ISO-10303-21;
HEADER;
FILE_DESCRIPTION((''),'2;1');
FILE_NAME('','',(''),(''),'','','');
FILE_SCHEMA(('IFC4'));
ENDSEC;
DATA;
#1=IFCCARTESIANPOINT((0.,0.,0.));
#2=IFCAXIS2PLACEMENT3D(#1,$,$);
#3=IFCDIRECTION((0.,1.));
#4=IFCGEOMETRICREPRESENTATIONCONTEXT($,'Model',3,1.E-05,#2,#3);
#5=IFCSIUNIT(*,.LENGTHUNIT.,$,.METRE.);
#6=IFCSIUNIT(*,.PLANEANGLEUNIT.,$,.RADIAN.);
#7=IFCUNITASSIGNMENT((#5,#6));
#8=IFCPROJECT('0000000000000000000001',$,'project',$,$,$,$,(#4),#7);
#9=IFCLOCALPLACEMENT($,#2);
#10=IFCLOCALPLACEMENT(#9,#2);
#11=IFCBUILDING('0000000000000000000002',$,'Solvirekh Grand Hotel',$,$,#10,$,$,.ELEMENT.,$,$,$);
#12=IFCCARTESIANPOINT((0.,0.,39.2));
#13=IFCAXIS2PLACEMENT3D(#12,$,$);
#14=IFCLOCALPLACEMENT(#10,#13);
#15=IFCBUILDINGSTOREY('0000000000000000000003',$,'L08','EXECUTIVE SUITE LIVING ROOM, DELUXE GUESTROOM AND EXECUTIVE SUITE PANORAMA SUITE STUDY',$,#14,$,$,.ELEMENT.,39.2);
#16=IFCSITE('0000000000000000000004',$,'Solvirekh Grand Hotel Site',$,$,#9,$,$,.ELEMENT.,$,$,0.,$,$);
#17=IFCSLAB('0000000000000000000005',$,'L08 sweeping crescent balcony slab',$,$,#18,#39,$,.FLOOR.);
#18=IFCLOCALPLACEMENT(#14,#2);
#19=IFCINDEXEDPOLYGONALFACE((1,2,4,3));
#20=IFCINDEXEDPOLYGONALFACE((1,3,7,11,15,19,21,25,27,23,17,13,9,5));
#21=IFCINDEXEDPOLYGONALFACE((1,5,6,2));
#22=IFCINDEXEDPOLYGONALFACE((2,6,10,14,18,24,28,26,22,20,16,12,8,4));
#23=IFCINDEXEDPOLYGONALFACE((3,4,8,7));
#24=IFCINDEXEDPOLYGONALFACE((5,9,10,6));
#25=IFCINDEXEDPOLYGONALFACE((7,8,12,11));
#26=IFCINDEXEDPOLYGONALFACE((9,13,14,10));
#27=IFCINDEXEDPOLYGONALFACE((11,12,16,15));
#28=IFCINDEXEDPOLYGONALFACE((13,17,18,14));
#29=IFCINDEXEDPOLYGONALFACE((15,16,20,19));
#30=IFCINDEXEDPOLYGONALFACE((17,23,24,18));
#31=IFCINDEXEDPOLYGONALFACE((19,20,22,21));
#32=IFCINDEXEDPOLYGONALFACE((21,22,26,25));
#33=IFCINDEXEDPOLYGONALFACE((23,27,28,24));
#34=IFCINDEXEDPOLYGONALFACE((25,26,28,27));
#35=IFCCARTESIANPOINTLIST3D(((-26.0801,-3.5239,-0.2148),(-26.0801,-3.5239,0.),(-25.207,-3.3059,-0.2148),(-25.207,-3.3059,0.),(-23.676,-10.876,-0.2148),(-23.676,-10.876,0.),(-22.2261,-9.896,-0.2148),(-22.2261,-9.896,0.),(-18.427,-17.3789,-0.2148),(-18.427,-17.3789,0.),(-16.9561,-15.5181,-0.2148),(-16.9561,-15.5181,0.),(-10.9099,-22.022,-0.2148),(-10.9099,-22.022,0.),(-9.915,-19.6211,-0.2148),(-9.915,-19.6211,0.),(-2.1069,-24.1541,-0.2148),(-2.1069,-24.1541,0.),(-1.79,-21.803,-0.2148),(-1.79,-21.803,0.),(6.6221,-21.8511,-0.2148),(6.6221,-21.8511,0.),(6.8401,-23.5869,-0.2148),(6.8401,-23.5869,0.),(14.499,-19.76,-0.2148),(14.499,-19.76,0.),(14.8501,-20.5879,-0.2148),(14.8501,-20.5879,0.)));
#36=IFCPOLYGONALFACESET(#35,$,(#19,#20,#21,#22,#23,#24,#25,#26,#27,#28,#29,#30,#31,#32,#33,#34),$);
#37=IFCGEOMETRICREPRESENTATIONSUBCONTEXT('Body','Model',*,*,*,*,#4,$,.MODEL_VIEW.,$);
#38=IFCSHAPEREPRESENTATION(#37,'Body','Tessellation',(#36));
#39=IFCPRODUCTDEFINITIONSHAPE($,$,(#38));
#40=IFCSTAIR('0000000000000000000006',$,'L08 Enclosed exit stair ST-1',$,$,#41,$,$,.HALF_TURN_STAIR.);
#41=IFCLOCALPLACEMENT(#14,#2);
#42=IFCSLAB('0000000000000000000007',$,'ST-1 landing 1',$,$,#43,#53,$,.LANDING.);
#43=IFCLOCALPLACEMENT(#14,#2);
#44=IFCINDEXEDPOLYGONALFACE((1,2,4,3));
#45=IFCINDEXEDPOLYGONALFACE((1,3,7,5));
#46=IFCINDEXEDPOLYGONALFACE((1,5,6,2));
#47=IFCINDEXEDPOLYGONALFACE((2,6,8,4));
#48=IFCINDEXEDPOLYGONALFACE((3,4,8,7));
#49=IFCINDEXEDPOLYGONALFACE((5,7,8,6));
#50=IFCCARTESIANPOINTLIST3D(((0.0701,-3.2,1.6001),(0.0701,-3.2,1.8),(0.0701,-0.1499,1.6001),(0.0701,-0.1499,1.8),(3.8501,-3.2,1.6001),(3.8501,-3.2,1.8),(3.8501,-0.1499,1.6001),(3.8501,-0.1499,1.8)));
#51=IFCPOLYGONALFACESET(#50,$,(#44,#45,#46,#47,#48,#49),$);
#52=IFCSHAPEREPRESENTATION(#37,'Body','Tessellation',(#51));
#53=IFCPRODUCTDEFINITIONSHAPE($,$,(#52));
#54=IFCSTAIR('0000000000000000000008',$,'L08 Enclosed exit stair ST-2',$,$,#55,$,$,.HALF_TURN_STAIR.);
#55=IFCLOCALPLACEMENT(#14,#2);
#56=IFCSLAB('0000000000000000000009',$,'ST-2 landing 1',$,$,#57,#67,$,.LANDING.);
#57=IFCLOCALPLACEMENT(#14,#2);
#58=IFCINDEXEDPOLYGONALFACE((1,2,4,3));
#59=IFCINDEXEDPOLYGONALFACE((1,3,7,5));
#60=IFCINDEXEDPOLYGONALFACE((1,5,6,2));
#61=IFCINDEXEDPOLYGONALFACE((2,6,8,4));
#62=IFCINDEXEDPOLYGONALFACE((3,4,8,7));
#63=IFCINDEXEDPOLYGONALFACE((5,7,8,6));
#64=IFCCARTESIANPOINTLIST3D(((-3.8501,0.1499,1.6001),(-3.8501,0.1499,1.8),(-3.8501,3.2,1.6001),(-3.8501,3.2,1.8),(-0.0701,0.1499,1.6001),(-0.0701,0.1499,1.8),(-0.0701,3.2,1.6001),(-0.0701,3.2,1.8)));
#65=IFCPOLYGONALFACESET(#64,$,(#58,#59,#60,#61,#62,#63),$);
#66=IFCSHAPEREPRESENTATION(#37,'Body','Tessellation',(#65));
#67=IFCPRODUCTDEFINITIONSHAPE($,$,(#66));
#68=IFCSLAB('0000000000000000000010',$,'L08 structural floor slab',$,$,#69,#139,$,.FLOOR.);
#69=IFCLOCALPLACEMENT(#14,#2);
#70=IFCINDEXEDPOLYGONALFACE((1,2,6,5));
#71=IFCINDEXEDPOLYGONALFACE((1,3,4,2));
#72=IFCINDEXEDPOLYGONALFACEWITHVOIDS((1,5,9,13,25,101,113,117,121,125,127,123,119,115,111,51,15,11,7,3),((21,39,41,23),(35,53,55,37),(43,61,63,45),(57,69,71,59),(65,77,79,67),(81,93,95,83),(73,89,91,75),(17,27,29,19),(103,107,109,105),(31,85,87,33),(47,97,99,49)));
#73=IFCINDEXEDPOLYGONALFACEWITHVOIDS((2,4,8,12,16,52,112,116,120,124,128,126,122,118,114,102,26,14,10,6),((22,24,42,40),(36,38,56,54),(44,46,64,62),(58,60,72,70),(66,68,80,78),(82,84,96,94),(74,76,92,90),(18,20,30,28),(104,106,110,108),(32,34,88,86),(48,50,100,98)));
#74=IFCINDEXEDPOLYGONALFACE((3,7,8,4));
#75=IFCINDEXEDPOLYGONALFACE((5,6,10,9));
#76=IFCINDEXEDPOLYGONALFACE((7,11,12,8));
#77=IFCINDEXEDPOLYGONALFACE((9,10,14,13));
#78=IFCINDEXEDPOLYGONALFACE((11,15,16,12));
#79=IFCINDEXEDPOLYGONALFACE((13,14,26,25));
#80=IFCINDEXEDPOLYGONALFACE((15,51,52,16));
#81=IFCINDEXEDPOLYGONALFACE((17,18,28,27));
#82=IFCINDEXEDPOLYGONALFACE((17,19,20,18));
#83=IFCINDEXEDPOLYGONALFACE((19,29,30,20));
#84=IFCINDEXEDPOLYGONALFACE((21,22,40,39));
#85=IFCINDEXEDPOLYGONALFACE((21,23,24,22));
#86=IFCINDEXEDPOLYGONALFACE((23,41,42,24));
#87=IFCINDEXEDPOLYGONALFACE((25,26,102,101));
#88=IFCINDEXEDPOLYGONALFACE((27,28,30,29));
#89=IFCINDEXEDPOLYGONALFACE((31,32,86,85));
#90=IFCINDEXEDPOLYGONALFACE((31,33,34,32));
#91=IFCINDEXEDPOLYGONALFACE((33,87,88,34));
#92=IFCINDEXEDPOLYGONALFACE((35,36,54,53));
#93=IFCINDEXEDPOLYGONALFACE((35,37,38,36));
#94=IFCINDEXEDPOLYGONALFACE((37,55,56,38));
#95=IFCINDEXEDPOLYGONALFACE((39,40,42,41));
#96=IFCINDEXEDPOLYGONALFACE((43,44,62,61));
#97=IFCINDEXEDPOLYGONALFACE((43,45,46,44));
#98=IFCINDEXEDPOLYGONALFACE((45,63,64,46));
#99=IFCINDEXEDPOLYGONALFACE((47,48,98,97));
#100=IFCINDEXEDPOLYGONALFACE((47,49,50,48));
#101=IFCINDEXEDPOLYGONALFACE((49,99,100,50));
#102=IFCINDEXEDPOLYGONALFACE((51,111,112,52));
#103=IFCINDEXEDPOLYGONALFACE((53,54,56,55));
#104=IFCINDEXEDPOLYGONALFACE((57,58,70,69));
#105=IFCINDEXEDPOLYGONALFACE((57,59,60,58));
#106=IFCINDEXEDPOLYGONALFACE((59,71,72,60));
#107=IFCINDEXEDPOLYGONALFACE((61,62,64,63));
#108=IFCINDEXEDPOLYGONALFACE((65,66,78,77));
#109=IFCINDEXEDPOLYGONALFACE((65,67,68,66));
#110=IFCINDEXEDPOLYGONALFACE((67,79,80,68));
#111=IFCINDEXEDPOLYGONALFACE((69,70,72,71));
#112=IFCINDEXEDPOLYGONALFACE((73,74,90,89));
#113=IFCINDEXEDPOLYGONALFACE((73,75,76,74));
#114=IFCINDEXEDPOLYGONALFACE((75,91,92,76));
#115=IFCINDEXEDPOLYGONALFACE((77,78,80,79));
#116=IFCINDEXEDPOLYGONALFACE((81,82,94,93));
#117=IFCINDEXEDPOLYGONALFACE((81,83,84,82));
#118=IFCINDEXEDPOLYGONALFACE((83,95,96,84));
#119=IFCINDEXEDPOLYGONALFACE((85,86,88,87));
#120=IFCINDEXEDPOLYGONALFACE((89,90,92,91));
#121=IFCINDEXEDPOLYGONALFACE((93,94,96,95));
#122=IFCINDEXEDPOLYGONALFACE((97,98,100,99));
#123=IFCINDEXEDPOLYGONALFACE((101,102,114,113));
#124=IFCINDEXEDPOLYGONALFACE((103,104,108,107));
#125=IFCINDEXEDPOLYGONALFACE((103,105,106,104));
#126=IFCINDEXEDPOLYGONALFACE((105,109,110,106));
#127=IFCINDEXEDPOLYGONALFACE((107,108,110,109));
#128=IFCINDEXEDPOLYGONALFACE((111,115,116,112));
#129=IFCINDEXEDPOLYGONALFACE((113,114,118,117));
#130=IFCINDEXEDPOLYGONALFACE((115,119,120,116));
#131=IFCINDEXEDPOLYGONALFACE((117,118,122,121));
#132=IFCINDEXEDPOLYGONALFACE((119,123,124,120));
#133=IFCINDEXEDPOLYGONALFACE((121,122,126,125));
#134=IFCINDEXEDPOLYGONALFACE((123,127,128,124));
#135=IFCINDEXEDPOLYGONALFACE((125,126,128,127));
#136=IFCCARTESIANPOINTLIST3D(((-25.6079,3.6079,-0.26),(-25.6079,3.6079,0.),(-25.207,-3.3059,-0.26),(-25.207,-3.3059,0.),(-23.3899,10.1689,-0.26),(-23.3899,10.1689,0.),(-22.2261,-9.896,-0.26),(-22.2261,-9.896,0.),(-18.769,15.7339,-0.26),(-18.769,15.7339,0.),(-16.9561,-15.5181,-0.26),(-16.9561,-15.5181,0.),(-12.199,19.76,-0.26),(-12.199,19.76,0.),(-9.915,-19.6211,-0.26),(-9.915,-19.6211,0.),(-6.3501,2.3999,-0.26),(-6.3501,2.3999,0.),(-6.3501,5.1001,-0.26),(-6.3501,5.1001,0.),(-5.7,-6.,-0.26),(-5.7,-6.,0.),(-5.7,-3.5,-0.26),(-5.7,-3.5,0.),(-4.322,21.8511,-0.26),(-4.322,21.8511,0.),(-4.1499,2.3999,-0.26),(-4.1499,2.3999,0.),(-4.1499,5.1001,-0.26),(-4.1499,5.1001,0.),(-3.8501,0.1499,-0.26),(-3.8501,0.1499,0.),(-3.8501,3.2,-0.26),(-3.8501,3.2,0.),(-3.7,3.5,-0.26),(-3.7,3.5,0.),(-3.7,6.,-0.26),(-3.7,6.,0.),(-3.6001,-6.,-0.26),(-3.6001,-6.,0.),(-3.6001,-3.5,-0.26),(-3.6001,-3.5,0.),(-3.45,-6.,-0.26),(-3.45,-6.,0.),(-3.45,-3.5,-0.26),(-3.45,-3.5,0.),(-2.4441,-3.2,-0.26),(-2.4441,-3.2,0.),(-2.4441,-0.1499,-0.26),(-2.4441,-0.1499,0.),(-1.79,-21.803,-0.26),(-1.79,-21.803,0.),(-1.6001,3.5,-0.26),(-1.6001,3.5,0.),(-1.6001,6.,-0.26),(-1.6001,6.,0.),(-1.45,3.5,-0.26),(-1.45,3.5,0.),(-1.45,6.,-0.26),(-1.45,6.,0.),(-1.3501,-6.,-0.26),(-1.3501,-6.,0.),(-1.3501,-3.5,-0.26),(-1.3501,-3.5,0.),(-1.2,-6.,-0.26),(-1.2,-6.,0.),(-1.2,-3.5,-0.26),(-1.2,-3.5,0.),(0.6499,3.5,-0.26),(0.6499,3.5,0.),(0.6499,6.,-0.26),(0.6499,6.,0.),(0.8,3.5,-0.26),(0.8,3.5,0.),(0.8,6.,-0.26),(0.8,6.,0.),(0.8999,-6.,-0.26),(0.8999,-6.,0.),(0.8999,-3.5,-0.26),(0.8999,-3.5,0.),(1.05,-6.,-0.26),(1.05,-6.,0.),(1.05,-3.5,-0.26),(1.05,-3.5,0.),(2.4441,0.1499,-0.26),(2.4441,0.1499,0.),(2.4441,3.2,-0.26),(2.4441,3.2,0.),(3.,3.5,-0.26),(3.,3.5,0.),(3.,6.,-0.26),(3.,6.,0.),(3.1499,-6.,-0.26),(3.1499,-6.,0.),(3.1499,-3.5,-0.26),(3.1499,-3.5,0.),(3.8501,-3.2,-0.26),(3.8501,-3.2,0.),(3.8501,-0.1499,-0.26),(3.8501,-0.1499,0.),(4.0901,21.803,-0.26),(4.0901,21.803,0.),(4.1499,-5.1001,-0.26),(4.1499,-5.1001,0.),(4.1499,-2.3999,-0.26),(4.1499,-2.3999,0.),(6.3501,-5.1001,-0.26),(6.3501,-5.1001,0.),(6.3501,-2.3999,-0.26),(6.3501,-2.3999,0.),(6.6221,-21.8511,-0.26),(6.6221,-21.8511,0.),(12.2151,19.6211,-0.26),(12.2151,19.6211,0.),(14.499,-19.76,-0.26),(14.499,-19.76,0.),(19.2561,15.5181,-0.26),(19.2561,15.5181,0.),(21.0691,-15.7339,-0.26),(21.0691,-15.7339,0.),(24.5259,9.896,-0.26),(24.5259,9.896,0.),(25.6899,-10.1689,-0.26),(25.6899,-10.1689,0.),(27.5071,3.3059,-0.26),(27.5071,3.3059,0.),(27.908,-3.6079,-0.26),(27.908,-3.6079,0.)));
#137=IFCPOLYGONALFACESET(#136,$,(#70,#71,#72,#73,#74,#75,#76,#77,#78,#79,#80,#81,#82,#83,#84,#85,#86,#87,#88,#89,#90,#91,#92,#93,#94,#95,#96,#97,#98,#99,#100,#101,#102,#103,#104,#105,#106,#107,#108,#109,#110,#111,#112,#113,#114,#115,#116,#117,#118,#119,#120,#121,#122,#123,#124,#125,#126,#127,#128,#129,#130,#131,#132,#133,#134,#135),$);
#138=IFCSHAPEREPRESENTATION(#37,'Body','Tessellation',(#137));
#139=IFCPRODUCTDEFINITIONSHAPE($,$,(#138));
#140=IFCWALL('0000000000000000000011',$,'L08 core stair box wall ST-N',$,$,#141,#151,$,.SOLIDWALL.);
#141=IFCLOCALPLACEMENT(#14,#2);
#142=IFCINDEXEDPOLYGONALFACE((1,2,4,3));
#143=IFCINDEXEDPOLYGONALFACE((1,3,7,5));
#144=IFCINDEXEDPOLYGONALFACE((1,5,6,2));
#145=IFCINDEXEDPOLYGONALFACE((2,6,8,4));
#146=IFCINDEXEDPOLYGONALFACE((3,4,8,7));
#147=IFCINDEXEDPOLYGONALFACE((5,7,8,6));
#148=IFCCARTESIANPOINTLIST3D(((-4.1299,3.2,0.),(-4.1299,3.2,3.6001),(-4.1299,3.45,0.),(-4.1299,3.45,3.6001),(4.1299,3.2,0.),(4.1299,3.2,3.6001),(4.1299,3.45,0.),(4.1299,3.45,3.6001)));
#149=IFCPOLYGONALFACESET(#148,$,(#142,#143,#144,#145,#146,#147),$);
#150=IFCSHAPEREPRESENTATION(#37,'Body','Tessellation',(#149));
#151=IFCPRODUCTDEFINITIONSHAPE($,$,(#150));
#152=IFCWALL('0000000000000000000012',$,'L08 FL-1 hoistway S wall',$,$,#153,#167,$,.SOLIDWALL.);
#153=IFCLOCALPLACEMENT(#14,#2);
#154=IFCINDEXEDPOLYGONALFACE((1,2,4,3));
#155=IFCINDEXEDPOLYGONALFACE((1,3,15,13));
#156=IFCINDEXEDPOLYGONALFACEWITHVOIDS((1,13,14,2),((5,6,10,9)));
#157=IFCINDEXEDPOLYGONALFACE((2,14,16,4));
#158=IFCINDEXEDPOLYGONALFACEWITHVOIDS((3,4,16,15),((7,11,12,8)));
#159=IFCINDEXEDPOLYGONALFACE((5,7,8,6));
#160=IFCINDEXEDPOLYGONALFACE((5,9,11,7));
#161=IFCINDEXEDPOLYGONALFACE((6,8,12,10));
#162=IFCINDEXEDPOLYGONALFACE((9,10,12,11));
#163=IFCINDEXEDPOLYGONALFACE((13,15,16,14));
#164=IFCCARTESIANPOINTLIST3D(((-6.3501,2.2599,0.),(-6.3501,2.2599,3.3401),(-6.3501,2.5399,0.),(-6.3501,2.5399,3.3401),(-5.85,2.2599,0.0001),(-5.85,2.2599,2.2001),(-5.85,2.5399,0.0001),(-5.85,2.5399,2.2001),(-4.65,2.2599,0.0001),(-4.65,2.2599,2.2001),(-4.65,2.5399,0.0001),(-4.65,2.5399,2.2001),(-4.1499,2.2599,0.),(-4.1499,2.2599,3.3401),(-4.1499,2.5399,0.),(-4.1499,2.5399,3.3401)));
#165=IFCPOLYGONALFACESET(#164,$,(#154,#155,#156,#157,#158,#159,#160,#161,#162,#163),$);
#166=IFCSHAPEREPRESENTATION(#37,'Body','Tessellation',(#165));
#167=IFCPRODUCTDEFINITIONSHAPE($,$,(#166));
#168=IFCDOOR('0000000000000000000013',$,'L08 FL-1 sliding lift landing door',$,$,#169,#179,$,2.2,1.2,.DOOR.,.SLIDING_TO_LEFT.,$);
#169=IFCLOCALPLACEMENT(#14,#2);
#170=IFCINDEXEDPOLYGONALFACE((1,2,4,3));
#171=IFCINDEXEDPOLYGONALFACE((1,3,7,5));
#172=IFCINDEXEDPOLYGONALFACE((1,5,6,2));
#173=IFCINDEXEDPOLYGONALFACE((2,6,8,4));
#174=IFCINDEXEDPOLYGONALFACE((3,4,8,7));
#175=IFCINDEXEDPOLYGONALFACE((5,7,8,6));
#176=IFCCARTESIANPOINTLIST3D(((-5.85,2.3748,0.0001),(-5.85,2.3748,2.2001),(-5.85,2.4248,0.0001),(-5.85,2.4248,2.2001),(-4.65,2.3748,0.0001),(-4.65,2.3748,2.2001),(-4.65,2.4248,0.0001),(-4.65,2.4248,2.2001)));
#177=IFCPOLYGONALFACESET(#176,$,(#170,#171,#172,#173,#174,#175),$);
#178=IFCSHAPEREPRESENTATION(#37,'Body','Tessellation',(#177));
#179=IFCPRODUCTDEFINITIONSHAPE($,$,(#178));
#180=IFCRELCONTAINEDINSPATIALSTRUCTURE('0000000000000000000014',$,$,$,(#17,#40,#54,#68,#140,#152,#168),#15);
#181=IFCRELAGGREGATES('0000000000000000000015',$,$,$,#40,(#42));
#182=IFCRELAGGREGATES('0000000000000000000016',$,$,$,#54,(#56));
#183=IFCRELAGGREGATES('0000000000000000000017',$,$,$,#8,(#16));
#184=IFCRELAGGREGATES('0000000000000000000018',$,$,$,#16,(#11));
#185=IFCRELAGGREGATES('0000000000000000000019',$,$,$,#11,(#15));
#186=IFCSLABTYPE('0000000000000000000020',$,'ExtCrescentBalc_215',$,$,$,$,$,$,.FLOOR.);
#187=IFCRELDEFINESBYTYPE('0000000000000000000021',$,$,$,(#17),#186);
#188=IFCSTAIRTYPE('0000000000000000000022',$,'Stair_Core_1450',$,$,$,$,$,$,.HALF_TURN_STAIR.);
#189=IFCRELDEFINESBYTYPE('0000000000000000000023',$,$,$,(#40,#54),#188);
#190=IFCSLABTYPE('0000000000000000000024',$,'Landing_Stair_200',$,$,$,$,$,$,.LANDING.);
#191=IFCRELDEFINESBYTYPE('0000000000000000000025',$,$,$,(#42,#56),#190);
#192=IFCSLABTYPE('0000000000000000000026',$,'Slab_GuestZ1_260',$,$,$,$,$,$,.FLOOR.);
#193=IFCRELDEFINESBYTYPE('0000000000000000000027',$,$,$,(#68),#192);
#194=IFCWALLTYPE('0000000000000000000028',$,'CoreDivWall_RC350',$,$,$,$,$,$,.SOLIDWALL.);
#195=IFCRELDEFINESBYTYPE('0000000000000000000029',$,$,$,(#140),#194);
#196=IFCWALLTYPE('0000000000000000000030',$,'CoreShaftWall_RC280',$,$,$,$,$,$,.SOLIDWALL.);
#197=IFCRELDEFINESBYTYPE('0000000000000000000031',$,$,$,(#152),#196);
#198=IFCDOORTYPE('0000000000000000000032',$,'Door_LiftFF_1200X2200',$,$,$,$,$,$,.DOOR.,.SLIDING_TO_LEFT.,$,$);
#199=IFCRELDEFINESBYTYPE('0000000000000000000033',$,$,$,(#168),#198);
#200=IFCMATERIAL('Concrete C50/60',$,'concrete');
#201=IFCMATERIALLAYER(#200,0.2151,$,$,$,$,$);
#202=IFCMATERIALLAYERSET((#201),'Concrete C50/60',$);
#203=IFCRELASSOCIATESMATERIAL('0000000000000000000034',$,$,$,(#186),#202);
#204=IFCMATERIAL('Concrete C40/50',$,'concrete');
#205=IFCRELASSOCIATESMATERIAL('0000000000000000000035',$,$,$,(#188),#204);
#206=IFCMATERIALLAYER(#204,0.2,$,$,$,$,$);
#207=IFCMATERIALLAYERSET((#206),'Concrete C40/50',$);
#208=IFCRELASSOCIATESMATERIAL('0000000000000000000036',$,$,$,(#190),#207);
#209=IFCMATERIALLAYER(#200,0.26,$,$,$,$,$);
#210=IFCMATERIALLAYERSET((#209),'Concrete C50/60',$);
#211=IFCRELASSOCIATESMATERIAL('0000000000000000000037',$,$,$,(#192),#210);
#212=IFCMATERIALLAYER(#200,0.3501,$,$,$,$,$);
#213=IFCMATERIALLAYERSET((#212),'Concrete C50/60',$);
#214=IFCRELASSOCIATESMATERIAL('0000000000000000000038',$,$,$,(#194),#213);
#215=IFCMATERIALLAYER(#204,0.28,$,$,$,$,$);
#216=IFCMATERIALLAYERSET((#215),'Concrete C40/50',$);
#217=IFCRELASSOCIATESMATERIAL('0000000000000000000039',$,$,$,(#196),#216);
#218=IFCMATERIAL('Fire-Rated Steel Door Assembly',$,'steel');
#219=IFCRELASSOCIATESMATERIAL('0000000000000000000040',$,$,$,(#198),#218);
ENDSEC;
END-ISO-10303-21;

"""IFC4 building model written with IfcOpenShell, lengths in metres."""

from ifc_helpers import new_model, si_unit, direction, frame, frame_2d, origin, place, context, subcontext, project, spatial, polyline, rectangle, outline, extrude, material, layer, layer_set, type_object, element, fill, aggregate, save


model = new_model("IFC4")

# Units and contexts
model_context = context("Model", 3, precision=1e-05, world=origin(), true_north=direction((0.0, 1.0)))
body_context = subcontext(model_context, "Body", "Model", "MODEL_VIEW")
ifc_project = project(units=[si_unit("LENGTHUNIT", "METRE"), si_unit("PLANEANGLEUNIT", "RADIAN")], contexts=[model_context])

# Site, building, storey
site_placement = place(None, origin())
site = spatial("IfcSite", under=ifc_project, at=site_placement, Name="Solvirekh Grand Hotel Site", CompositionType="ELEMENT", RefElevation=0.0)
building_placement = place(site_placement, origin())
building = spatial("IfcBuilding", under=site, at=building_placement, Name="Solvirekh Grand Hotel", CompositionType="ELEMENT")
storey_placement = place(building_placement, frame((0.0, 0.0, 39.2)))
storey = spatial("IfcBuildingStorey", under=building, at=storey_placement, Name="L08", Description="EXECUTIVE SUITE LIVING ROOM, DELUXE GUESTROOM AND EXECUTIVE SUITE PANORAMA SUITE STUDY", CompositionType="ELEMENT", Elevation=39.2)

# Slab
ifc_material_1 = material(Name="Concrete C50/60", Category="concrete")
ifc_layer_1 = layer(ifc_material_1, 0.2151)
ifc_layer_set_1 = layer_set([ifc_layer_1], Name="Concrete C50/60")
slab_type_1 = type_object("IfcSlabType", Name="ExtCrescentBalc_215", PredefinedType="FLOOR", material=ifc_layer_set_1)
slab_1_placement = place(storey_placement, frame((0.0, 0.0, -0.2148)))
element("IfcSlab", 1, at=slab_1_placement, inside=storey, type_object=slab_type_1, Name="L08 sweeping crescent balcony slab", PredefinedType="FLOOR", context=body_context, shape_type="SweptSolid", body=[
    extrude(outline(polyline([(-26.0801, -3.5239), (-23.676, -10.876), (-18.427, -17.3789), (-10.9099, -22.022), (-2.1069, -24.1541), (6.8401, -23.5869), (14.8501, -20.5879), (14.499, -19.76), (6.6221, -21.8511), (-1.79, -21.803), (-9.915, -19.6211), (-16.9561, -15.5181), (-22.2261, -9.896), (-25.207, -3.3059), (-26.0801, -3.5239)])), origin(), (0.0, 0.0, 1.0), 0.2148),
])

# Stairs, slabs
ifc_material_2 = material(Name="Concrete C40/50", Category="concrete")
stair_type = type_object("IfcStairType", Name="Stair_Core_1450", PredefinedType="HALF_TURN_STAIR", material=ifc_material_2)
stair_1_placement = place(storey_placement, origin())
stair_1 = element("IfcStair", 2, at=stair_1_placement, inside=storey, type_object=stair_type, Name="L08 Enclosed exit stair ST-1", PredefinedType="HALF_TURN_STAIR")
ifc_layer_2 = layer(ifc_material_2, 0.2)
ifc_layer_set_2 = layer_set([ifc_layer_2], Name="Concrete C40/50")
slab_type_2 = type_object("IfcSlabType", Name="Landing_Stair_200", PredefinedType="LANDING", material=ifc_layer_set_2)
slab_2_placement = place(storey_placement, frame((0.0, 0.0, 1.6001)))
slab_2 = element("IfcSlab", 3, at=slab_2_placement, type_object=slab_type_2, Name="ST-1 landing 1", PredefinedType="LANDING", context=body_context, shape_type="SweptSolid", body=[
    extrude(outline(polyline([(0.0701, -3.2), (3.8501, -3.2), (3.8501, -0.1499), (0.0701, -0.1499), (0.0701, -3.2)])), origin(), (0.0, 0.0, 1.0), 0.2),
])
aggregate(stair_1, [slab_2])
stair_2_placement = place(storey_placement, origin())
stair_2 = element("IfcStair", 4, at=stair_2_placement, inside=storey, type_object=stair_type, Name="L08 Enclosed exit stair ST-2", PredefinedType="HALF_TURN_STAIR")
slab_3_placement = place(storey_placement, frame((0.0, 0.0, 1.6001)))
slab_3 = element("IfcSlab", 5, at=slab_3_placement, type_object=slab_type_2, Name="ST-2 landing 1", PredefinedType="LANDING", context=body_context, shape_type="SweptSolid", body=[
    extrude(outline(polyline([(-0.0701, 3.2), (-3.8501, 3.2), (-3.8501, 0.1499), (-0.0701, 0.1499), (-0.0701, 3.2)])), origin(), (0.0, 0.0, 1.0), 0.2),
])

# Slab
ifc_layer_3 = layer(ifc_material_1, 0.26)
ifc_layer_set_3 = layer_set([ifc_layer_3], Name="Concrete C50/60")
slab_type_3 = type_object("IfcSlabType", Name="Slab_GuestZ1_260", PredefinedType="FLOOR", material=ifc_layer_set_3)
slab_4_placement = place(storey_placement, frame((0.0, 0.0, -0.26)))
element("IfcSlab", 6, at=slab_4_placement, inside=storey, type_object=slab_type_3, Name="L08 structural floor slab", PredefinedType="FLOOR", context=body_context, shape_type="SweptSolid", body=[
    extrude(outline(polyline([(27.908, -3.6079), (27.5071, 3.3059), (24.5259, 9.896), (19.2561, 15.5181), (12.2151, 19.6211), (4.0901, 21.803), (-4.322, 21.8511), (-12.199, 19.76), (-18.769, 15.7339), (-23.3899, 10.1689), (-25.6079, 3.6079), (-25.207, -3.3059), (-22.2261, -9.896), (-16.9561, -15.5181), (-9.915, -19.6211), (-1.79, -21.803), (6.6221, -21.8511), (14.499, -19.76), (21.0691, -15.7339), (25.6899, -10.1689), (27.908, -3.6079)]), holes=[polyline([(-2.4441, -0.1499), (3.8501, -0.1499), (3.8501, -3.2), (-2.4441, -3.2), (-2.4441, -0.1499)]), polyline([(2.4441, 0.1499), (-3.8501, 0.1499), (-3.8501, 3.2), (2.4441, 3.2), (2.4441, 0.1499)]), polyline([(-5.7, -3.5), (-3.6001, -3.5), (-3.6001, -6.0), (-5.7, -6.0), (-5.7, -3.5)]), polyline([(-3.45, -3.5), (-1.3501, -3.5), (-1.3501, -6.0), (-3.45, -6.0), (-3.45, -3.5)]), polyline([(-1.2, -3.5), (0.8999, -3.5), (0.8999, -6.0), (-1.2, -6.0), (-1.2, -3.5)]), polyline([(1.05, -3.5), (3.1499, -3.5), (3.1499, -6.0), (1.05, -6.0), (1.05, -3.5)]), polyline([(-3.7, 6.0), (-1.6001, 6.0), (-1.6001, 3.5), (-3.7, 3.5), (-3.7, 6.0)]), polyline([(-1.45, 6.0), (0.6499, 6.0), (0.6499, 3.5), (-1.45, 3.5), (-1.45, 6.0)]), polyline([(0.8, 6.0), (3.0, 6.0), (3.0, 3.5), (0.8, 3.5), (0.8, 6.0)]), polyline([(-6.3501, 5.1001), (-4.1499, 5.1001), (-4.1499, 2.3999), (-6.3501, 2.3999), (-6.3501, 5.1001)]), polyline([(4.1499, -2.3999), (6.3501, -2.3999), (6.3501, -5.1001), (4.1499, -5.1001), (4.1499, -2.3999)])]), origin(), (0.0, 0.0, 1.0), 0.26),
])

# Wall
ifc_layer_4 = layer(ifc_material_1, 0.3501)
ifc_layer_set_4 = layer_set([ifc_layer_4], Name="Concrete C50/60")
wall_type_1 = type_object("IfcWallType", Name="CoreDivWall_RC350", PredefinedType="SOLIDWALL", material=ifc_layer_set_4)
wall_1_placement = place(storey_placement, frame((-4.1299, 3.325, 0.0), z_axis=(0.0, 0.0, 1.0), x_axis=(1.0, 0.0, 0.0)))
element("IfcWall", 7, at=wall_1_placement, inside=storey, type_object=wall_type_1, Name="L08 core stair box wall ST-N", PredefinedType="SOLIDWALL", context=body_context, shape_type="SweptSolid", body=[
    extrude(rectangle(XDim=8.2598, YDim=0.25, at=frame_2d((4.1299, 0.0))), origin(), (0.0, 0.0, 1.0), 3.6001),
])

# Wall, opening, door
ifc_layer_5 = layer(ifc_material_2, 0.28)
ifc_layer_set_5 = layer_set([ifc_layer_5], Name="Concrete C40/50")
wall_type_2 = type_object("IfcWallType", Name="CoreShaftWall_RC280", PredefinedType="SOLIDWALL", material=ifc_layer_set_5)
wall_2_placement = place(storey_placement, frame((-6.3501, 2.3999, 0.0), z_axis=(0.0, 0.0, 1.0), x_axis=(1.0, 0.0, 0.0)))
wall_2 = element("IfcWall", 8, at=wall_2_placement, inside=storey, type_object=wall_type_2, Name="L08 FL-1 hoistway S wall", PredefinedType="SOLIDWALL", context=body_context, shape_type="SweptSolid", body=[
    extrude(rectangle(XDim=2.2002, YDim=0.28, at=frame_2d((1.1001, 0.0))), origin(), (0.0, 0.0, 1.0), 3.3401),
])
opening_placement = place(wall_2_placement, frame((0.5, 0.0, 0.0)))
opening = element("IfcOpeningElement", 9, at=opening_placement, cuts=wall_2, PredefinedType="OPENING", context=body_context, shape_type="SweptSolid", body=[
    extrude(rectangle(XDim=1.2, YDim=2.2, at=frame_2d((0.6001, 1.1001))), frame((0.0, 0.1499, 0.0), z_axis=(0.0, -1.0, 0.0), x_axis=(1.0, 0.0, 0.0)), (0.0, 0.0, 1.0), 0.3),
])
ifc_material_3 = material(Name="Fire-Rated Steel Door Assembly", Category="steel")
door_type = type_object("IfcDoorType", Name="Door_LiftFF_1200X2200", OperationType="SLIDING_TO_LEFT", PredefinedType="DOOR", material=ifc_material_3)
door_placement = place(opening_placement, origin())
door = element("IfcDoor", 10, at=door_placement, inside=storey, type_object=door_type, Name="L08 FL-1 sliding lift landing door", OperationType="SLIDING_TO_LEFT", OverallHeight=2.2, OverallWidth=1.2, PredefinedType="DOOR", context=body_context, shape_type="SweptSolid", body=[
    extrude(rectangle(XDim=1.2, YDim=2.2, at=frame_2d((0.6001, 1.1001))), frame((0.0, 0.0249, 0.0), z_axis=(0.0, -1.0, 0.0), x_axis=(1.0, 0.0, 0.0)), (0.0, 0.0, 1.0), 0.05),
])
fill(opening, door)

aggregate(stair_2, [slab_3])

save(model, "model.ifc")
